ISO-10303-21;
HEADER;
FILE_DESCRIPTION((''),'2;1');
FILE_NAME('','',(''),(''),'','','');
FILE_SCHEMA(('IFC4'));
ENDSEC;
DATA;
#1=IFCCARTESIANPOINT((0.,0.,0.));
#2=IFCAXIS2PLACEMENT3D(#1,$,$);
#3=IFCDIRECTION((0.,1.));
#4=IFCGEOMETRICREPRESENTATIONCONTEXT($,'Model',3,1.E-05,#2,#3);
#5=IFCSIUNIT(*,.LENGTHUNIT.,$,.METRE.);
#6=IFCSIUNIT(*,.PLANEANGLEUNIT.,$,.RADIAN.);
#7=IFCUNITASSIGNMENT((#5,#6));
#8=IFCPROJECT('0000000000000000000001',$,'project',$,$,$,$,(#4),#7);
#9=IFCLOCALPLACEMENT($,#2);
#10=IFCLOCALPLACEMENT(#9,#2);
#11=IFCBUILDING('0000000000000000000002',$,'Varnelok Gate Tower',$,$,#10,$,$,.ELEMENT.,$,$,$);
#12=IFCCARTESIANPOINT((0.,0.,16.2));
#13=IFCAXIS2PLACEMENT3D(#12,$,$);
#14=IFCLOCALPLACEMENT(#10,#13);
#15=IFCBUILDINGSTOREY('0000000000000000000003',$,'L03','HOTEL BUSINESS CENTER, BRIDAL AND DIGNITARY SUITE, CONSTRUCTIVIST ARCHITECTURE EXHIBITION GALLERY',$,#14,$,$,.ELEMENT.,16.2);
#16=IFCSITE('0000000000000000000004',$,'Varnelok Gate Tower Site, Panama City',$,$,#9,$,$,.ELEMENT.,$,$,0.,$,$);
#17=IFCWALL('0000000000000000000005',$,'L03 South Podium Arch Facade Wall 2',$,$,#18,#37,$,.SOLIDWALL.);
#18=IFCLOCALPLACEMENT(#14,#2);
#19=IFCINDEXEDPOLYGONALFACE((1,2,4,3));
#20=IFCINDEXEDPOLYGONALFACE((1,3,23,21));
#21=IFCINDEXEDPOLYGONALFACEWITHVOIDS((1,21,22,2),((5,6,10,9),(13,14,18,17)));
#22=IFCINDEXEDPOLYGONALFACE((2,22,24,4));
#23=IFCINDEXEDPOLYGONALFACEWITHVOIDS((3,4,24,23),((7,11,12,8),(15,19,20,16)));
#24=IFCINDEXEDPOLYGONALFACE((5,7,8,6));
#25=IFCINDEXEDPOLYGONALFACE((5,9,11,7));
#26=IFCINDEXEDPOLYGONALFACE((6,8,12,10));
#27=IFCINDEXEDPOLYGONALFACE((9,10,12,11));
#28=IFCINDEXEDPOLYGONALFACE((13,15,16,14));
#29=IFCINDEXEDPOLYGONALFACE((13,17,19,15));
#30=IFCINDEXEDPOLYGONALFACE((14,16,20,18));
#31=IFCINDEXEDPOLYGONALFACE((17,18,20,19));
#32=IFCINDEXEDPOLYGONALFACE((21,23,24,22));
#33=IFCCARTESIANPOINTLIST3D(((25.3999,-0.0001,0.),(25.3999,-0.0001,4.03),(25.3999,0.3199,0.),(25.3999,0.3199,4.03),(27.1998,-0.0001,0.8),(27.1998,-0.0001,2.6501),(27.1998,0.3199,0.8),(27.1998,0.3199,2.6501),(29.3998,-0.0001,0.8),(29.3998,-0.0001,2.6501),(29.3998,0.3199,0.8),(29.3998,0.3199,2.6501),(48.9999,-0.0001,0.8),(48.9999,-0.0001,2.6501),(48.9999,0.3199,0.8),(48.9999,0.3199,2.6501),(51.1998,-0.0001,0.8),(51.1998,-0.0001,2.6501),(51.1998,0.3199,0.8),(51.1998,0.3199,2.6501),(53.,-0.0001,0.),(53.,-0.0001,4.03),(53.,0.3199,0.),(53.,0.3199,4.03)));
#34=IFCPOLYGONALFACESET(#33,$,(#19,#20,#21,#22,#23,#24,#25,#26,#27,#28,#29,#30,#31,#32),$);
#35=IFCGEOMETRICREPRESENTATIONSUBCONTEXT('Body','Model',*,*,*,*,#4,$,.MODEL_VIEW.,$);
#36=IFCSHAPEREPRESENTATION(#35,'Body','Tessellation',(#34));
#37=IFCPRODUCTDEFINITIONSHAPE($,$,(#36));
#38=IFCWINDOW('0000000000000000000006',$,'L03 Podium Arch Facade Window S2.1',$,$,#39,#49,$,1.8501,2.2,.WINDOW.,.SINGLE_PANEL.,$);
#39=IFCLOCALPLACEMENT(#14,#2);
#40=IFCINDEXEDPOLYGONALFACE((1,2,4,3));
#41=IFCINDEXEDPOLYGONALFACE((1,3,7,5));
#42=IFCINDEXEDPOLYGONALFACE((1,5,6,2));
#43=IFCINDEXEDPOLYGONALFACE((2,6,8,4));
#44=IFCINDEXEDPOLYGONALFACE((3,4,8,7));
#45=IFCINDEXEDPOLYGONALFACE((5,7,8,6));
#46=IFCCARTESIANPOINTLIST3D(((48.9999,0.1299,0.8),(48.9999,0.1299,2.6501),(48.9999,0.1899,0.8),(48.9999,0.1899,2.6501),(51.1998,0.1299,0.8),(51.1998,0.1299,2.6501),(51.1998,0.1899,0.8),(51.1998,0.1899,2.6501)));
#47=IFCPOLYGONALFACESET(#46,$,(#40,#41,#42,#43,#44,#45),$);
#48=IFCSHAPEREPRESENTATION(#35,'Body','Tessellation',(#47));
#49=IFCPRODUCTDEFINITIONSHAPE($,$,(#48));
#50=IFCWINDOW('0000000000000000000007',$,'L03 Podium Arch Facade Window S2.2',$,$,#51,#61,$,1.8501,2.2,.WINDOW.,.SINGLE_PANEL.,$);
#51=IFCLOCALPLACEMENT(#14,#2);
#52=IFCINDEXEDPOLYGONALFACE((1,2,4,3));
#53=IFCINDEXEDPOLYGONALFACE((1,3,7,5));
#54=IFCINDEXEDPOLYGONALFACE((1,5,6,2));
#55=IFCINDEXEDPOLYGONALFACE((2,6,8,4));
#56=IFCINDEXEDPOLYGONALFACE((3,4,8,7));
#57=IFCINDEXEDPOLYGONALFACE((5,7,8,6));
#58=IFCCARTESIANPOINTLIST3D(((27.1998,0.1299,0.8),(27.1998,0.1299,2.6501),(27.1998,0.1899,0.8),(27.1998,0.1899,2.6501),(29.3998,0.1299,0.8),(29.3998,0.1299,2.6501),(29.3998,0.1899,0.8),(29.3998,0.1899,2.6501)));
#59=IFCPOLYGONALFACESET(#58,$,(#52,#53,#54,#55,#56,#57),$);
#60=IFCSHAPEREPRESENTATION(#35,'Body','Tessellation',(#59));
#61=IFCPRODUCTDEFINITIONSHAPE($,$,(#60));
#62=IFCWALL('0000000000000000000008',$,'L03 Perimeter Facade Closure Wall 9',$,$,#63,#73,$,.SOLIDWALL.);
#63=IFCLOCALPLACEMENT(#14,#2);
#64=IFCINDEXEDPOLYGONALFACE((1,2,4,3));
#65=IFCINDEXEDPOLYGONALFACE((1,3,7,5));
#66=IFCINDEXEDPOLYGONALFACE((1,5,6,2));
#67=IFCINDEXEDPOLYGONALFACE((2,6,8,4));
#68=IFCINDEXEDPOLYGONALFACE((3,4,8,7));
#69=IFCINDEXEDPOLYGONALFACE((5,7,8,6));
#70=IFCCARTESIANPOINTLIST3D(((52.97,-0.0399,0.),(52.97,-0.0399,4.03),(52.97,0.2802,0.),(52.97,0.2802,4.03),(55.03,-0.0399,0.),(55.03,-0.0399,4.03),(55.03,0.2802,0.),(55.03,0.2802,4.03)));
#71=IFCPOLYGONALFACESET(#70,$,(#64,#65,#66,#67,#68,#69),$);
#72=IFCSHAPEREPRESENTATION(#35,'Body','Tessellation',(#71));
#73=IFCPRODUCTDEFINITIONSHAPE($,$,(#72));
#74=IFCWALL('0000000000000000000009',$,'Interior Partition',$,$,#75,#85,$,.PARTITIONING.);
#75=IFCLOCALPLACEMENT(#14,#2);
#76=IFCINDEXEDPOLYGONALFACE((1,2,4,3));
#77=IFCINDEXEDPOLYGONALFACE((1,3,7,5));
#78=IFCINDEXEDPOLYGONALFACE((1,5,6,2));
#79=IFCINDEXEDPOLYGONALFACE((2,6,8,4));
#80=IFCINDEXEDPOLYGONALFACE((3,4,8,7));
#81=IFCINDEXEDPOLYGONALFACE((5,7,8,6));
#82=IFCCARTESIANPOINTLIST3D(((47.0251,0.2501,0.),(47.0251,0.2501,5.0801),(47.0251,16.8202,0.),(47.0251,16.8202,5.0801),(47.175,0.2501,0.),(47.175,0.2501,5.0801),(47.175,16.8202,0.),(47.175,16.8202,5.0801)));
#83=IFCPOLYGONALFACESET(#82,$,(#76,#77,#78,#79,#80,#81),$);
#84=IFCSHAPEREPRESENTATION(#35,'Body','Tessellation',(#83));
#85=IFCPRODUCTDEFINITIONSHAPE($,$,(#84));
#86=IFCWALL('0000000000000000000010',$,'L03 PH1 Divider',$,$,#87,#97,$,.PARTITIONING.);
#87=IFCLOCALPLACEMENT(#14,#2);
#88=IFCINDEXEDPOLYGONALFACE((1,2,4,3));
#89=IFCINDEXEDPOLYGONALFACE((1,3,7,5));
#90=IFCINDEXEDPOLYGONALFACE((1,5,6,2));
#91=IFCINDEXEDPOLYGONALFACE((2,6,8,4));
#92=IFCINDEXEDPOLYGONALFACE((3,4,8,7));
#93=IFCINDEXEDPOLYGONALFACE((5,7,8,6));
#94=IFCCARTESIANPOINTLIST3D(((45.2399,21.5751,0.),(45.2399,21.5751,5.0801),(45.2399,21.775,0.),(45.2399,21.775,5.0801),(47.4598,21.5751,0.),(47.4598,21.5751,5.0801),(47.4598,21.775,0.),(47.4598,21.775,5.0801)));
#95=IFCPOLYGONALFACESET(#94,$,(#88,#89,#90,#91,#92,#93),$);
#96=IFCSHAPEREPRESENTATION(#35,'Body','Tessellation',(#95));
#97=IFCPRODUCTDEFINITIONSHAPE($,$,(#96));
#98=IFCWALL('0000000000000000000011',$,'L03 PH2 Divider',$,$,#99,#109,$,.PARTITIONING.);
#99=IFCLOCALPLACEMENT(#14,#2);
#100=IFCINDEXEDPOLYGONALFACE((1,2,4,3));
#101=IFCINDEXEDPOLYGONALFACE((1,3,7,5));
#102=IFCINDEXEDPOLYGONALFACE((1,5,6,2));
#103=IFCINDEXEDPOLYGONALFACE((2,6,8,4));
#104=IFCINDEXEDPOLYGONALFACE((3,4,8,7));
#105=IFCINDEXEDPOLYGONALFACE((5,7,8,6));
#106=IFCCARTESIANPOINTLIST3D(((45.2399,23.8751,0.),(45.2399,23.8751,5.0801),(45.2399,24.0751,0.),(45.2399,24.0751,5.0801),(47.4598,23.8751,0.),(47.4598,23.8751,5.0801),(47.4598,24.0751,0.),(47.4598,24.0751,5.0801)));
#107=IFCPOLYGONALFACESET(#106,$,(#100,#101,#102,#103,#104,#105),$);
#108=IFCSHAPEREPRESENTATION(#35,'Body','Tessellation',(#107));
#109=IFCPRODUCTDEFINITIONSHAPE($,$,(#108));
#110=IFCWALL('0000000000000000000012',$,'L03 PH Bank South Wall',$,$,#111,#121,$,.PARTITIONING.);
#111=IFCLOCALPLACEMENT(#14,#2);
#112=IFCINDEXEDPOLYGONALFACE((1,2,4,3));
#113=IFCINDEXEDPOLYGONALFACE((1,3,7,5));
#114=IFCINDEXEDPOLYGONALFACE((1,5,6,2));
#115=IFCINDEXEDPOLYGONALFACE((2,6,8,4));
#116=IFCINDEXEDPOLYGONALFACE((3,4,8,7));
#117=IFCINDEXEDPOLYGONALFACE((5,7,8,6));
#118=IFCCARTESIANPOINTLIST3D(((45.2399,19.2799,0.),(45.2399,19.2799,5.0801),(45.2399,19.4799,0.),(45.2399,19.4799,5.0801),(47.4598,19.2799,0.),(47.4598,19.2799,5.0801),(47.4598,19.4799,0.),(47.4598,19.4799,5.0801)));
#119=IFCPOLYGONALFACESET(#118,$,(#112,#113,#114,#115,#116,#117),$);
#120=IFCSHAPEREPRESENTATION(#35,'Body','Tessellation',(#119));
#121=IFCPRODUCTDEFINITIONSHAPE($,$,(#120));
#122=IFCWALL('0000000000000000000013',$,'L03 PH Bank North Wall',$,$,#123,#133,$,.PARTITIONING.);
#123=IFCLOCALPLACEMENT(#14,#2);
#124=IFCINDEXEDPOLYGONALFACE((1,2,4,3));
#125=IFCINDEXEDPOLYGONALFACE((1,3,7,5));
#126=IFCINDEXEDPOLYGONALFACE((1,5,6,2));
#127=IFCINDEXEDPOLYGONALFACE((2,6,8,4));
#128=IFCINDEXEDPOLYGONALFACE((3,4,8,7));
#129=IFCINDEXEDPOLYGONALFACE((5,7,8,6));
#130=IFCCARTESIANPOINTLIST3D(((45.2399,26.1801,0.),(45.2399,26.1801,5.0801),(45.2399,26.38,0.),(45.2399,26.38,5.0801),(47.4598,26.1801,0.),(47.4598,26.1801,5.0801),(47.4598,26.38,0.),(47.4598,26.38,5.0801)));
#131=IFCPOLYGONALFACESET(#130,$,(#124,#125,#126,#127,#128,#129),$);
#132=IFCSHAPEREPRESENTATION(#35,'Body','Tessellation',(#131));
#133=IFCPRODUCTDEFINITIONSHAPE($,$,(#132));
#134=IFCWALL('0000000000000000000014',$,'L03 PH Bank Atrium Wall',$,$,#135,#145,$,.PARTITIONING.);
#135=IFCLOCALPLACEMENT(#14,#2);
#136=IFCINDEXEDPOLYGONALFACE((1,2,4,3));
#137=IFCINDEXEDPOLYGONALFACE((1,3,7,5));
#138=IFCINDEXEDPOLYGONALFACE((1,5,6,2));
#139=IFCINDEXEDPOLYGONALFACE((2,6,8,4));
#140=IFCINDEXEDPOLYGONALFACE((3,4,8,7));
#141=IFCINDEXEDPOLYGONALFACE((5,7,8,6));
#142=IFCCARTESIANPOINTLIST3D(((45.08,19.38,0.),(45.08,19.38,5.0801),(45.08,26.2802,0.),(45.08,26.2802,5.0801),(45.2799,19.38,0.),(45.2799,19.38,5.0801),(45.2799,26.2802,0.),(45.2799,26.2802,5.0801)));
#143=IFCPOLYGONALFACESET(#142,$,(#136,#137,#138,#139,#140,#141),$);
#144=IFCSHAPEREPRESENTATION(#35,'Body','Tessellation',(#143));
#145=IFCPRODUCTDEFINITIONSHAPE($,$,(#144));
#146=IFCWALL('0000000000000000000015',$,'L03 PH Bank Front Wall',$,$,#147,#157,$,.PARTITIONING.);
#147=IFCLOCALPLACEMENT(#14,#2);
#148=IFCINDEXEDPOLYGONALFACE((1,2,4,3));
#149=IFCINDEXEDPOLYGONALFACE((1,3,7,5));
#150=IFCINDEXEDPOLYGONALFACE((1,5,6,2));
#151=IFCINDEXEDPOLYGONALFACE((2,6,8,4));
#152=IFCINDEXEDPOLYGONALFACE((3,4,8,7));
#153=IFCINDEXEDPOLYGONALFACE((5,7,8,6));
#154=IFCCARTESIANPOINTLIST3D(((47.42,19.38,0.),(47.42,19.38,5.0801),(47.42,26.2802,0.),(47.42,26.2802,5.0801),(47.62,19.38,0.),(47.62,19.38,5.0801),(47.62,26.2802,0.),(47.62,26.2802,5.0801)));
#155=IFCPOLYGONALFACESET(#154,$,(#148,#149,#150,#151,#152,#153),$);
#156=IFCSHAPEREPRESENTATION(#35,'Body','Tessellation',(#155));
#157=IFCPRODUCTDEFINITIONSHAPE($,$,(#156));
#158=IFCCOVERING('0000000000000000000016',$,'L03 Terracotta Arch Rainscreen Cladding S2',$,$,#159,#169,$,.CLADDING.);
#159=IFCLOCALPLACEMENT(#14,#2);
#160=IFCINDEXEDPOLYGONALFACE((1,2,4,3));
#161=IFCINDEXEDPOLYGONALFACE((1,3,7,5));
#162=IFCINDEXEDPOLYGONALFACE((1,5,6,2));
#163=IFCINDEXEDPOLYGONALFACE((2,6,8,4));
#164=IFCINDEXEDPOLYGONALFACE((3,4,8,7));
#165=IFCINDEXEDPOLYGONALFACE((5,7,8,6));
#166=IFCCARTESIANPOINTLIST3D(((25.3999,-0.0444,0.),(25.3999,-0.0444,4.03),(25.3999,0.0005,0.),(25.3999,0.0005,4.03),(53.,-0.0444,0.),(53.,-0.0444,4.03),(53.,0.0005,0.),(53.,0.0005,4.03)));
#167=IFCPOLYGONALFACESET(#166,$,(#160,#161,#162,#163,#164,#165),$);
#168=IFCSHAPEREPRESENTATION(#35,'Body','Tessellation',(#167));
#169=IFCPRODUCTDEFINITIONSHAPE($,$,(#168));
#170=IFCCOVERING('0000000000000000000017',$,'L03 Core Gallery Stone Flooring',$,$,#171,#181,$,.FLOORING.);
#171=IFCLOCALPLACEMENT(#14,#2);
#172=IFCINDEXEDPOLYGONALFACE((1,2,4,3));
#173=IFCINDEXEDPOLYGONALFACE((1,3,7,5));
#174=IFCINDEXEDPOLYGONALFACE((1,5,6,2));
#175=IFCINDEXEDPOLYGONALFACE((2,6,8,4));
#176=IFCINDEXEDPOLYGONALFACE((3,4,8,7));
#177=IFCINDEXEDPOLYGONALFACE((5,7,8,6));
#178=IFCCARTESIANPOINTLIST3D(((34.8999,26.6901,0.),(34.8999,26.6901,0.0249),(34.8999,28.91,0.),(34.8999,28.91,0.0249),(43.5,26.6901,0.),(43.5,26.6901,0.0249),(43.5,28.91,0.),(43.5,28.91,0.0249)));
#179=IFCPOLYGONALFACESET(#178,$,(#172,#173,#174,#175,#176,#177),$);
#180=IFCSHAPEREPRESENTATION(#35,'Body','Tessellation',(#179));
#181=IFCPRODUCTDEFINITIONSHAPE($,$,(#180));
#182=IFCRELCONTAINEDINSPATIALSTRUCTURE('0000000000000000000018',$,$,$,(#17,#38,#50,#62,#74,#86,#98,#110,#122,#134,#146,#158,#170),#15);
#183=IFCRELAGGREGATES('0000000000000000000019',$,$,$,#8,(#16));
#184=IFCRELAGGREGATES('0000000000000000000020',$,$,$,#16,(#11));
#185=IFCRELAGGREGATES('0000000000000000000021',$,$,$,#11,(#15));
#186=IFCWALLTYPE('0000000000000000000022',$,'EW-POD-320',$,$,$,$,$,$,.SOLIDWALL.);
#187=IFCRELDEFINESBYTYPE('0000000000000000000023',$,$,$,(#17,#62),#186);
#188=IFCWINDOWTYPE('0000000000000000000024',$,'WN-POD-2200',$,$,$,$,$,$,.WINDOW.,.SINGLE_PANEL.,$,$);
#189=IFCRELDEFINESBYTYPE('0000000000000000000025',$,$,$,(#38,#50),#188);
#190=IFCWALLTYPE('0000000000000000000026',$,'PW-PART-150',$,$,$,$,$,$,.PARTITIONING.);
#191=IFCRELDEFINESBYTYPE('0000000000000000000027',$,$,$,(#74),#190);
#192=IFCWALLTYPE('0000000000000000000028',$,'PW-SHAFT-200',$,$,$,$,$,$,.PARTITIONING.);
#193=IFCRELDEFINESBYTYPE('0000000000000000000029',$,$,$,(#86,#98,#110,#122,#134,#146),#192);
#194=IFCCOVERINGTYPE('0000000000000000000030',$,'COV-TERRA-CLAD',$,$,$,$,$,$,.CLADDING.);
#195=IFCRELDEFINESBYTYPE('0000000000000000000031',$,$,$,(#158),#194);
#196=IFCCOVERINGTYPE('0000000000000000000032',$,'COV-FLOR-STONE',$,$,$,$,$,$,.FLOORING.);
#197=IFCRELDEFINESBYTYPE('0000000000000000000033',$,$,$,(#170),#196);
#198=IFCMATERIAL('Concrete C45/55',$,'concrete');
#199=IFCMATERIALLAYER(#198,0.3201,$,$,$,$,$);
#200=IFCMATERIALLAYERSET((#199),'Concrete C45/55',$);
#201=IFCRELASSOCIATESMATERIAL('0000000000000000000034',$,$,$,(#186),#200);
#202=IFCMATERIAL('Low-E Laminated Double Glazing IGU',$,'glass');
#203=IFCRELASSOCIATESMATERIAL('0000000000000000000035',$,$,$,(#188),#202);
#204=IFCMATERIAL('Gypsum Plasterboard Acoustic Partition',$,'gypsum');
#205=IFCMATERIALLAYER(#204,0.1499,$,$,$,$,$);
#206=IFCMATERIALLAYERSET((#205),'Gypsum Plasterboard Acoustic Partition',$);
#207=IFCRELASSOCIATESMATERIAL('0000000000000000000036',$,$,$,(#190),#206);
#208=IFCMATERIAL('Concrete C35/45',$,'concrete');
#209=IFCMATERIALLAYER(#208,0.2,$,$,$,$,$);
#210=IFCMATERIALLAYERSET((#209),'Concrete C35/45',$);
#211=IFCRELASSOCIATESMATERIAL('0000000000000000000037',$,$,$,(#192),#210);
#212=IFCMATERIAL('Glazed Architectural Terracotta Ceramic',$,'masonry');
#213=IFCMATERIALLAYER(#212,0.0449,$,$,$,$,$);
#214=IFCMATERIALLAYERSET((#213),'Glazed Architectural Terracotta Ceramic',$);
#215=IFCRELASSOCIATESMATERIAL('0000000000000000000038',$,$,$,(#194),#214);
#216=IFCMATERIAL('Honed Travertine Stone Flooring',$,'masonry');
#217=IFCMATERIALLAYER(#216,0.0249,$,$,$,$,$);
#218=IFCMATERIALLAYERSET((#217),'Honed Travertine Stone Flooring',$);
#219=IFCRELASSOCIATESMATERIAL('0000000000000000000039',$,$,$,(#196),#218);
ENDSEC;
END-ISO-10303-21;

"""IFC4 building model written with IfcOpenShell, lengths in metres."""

from ifc_helpers import new_model, si_unit, direction, frame, frame_2d, origin, origin_2d, place, context, subcontext, project, spatial, rectangle, extrude, source, transform, mapped, material, layer, layer_set, type_object, element, fill, save


model = new_model("IFC4")

# Units and contexts
model_context = context("Model", 3, precision=1e-05, world=origin(), true_north=direction((0.0, 1.0)))
body_context = subcontext(model_context, "Body", "Model", "MODEL_VIEW")
ifc_project = project(units=[si_unit("LENGTHUNIT", "METRE"), si_unit("PLANEANGLEUNIT", "RADIAN")], contexts=[model_context])

# Site, building, storey
site_placement = place(None, origin())
site = spatial("IfcSite", under=ifc_project, at=site_placement, Name="Varnelok Gate Tower Site, Panama City", CompositionType="ELEMENT", RefElevation=0.0)
building_placement = place(site_placement, origin())
building = spatial("IfcBuilding", under=site, at=building_placement, Name="Varnelok Gate Tower", CompositionType="ELEMENT")
storey_placement = place(building_placement, frame((0.0, 0.0, 16.2)))
storey = spatial("IfcBuildingStorey", under=building, at=storey_placement, Name="L03", Description="HOTEL BUSINESS CENTER, BRIDAL AND DIGNITARY SUITE, CONSTRUCTIVIST ARCHITECTURE EXHIBITION GALLERY", CompositionType="ELEMENT", Elevation=16.2)

# Shared definitions
ifc_material_1 = material(Name="Low-E Laminated Double Glazing IGU", Category="glass")

# Wall, openings, windows
ifc_material_2 = material(Name="Concrete C45/55", Category="concrete")
ifc_layer_1 = layer(ifc_material_2, 0.3201)
ifc_layer_set_1 = layer_set([ifc_layer_1], Name="Concrete C45/55")
wall_type_1 = type_object("IfcWallType", Name="EW-POD-320", PredefinedType="SOLIDWALL", material=ifc_layer_set_1)
wall_1_placement = place(storey_placement, frame((53.0, 0.1599, 0.0), z_axis=(0.0, 0.0, 1.0), x_axis=(-1.0, 0.0, 0.0)))
wall_1 = element("IfcWall", 1, at=wall_1_placement, inside=storey, type_object=wall_type_1, Name="L03 South Podium Arch Facade Wall 2", PredefinedType="SOLIDWALL", context=body_context, shape_type="SweptSolid", body=[
    extrude(rectangle(XDim=27.6001, YDim=0.3201, at=frame_2d((13.8, 0.0))), origin(), (0.0, 0.0, 1.0), 4.03),
])
opening_1_placement = place(wall_1_placement, frame((1.8, 0.0, 0.8)))
opening_1 = element("IfcOpeningElement", 2, at=opening_1_placement, cuts=wall_1, PredefinedType="OPENING", context=body_context, shape_type="SweptSolid", body=[
    extrude(rectangle(XDim=2.2, YDim=1.8501, at=frame_2d((1.1001, 0.925))), frame((0.0, 0.1699, 0.0), z_axis=(0.0, -1.0, 0.0), x_axis=(1.0, 0.0, 0.0)), (0.0, 0.0, 1.0), 0.3401),
])
opening_2_placement = place(wall_1_placement, frame((23.6001, 0.0, 0.8)))
opening_2 = element("IfcOpeningElement", 3, at=opening_2_placement, cuts=wall_1, PredefinedType="OPENING", context=body_context, shape_type="SweptSolid", body=[
    extrude(rectangle(XDim=2.2, YDim=1.8501, at=frame_2d((1.1001, 0.925))), frame((0.0, 0.1699, 0.0), z_axis=(0.0, -1.0, 0.0), x_axis=(1.0, 0.0, 0.0)), (0.0, 0.0, 1.0), 0.3401),
])
window_type = type_object("IfcWindowType", Name="WN-POD-2200", PartitioningType="SINGLE_PANEL", PredefinedType="WINDOW", material=ifc_material_1)
window_1_placement = place(opening_1_placement, origin())
window_1 = element("IfcWindow", 4, at=window_1_placement, inside=storey, type_object=window_type, Name="L03 Podium Arch Facade Window S2.1", OverallHeight=1.8501, OverallWidth=2.2, PartitioningType="SINGLE_PANEL", PredefinedType="WINDOW", context=body_context, shape_type="SweptSolid", body=[
    extrude(rectangle(XDim=2.2, YDim=1.8501, at=frame_2d((1.1001, 0.925))), frame((0.0, 0.03, 0.0), z_axis=(0.0, -1.0, 0.0), x_axis=(1.0, 0.0, 0.0)), (0.0, 0.0, 1.0), 0.0601),
])
fill(opening_1, window_1)
window_2_placement = place(opening_2_placement, origin())
window_2 = element("IfcWindow", 5, at=window_2_placement, inside=storey, type_object=window_type, Name="L03 Podium Arch Facade Window S2.2", OverallHeight=1.8501, OverallWidth=2.2, PartitioningType="SINGLE_PANEL", PredefinedType="WINDOW", context=body_context, shape_type="SweptSolid", body=[
    extrude(rectangle(XDim=2.2, YDim=1.8501, at=frame_2d((1.1001, 0.925))), frame((0.0, 0.03, 0.0), z_axis=(0.0, -1.0, 0.0), x_axis=(1.0, 0.0, 0.0)), (0.0, 0.0, 1.0), 0.0601),
])
fill(opening_2, window_2)

# Walls
wall_2_placement = place(storey_placement, frame((52.97, 0.1201, 0.0), z_axis=(0.0, 0.0, 1.0), x_axis=(1.0, 0.0, 0.0)))
element("IfcWall", 6, at=wall_2_placement, inside=storey, type_object=wall_type_1, Name="L03 Perimeter Facade Closure Wall 9", PredefinedType="SOLIDWALL", context=body_context, shape_type="SweptSolid", body=[
    extrude(rectangle(XDim=2.0601, YDim=0.3201, at=frame_2d((1.03, 0.0))), origin(), (0.0, 0.0, 1.0), 4.03),
])
ifc_material_3 = material(Name="Gypsum Plasterboard Acoustic Partition", Category="gypsum")
ifc_layer_2 = layer(ifc_material_3, 0.1499)
ifc_layer_set_2 = layer_set([ifc_layer_2], Name="Gypsum Plasterboard Acoustic Partition")
wall_type_2 = type_object("IfcWallType", Name="PW-PART-150", PredefinedType="PARTITIONING", material=ifc_layer_set_2)
wall_3_placement = place(storey_placement, frame((47.1001, 0.25, 0.0), z_axis=(0.0, 0.0, 1.0), x_axis=(0.0, 1.0, 0.0)))
element("IfcWall", 7, at=wall_3_placement, inside=storey, type_object=wall_type_2, Name="Interior Partition", PredefinedType="PARTITIONING", context=body_context, shape_type="SweptSolid", body=[
    extrude(rectangle(XDim=16.5701, YDim=0.1499, at=frame_2d((8.2852, 0.0))), origin(), (0.0, 0.0, 1.0), 5.0801),
])
ifc_material_4 = material(Name="Concrete C35/45", Category="concrete")
ifc_layer_3 = layer(ifc_material_4, 0.2)
ifc_layer_set_3 = layer_set([ifc_layer_3], Name="Concrete C35/45")
wall_type_3 = type_object("IfcWallType", Name="PW-SHAFT-200", PredefinedType="PARTITIONING", material=ifc_layer_set_3)
for number, where, z_axis, x_axis, name in (
    (8, (45.24, 21.675, 0.0), (0.0, 0.0, 1.0), (1.0, 0.0, 0.0), "L03 PH1 Divider"),
    (9, (45.24, 23.9751, 0.0), (0.0, 0.0, 1.0), (1.0, 0.0, 0.0), "L03 PH2 Divider"),
    (10, (45.24, 19.3799, 0.0), (0.0, 0.0, 1.0), (1.0, 0.0, 0.0), "L03 PH Bank South Wall"),
    (11, (45.24, 26.28, 0.0), (0.0, 0.0, 1.0), (1.0, 0.0, 0.0), "L03 PH Bank North Wall"),
):
    element("IfcWall", number, at=place(storey_placement, frame(where, z_axis=z_axis, x_axis=x_axis)), inside=storey, type_object=wall_type_3, Name=name, PredefinedType="PARTITIONING", context=body_context, shape_type="SweptSolid", body=[
        extrude(rectangle(XDim=2.22, YDim=0.2, at=frame_2d((1.1099, 0.0))), origin(), (0.0, 0.0, 1.0), 5.0801),
    ])
for number, where, z_axis, x_axis, name in (
    (12, (45.1799, 19.3799, 0.0), (0.0, 0.0, 1.0), (0.0, 1.0, 0.0), "L03 PH Bank Atrium Wall"),
    (13, (47.52, 19.3799, 0.0), (0.0, 0.0, 1.0), (0.0, 1.0, 0.0), "L03 PH Bank Front Wall"),
):
    element("IfcWall", number, at=place(storey_placement, frame(where, z_axis=z_axis, x_axis=x_axis)), inside=storey, type_object=wall_type_3, Name=name, PredefinedType="PARTITIONING", context=body_context, shape_type="SweptSolid", body=[
        extrude(rectangle(XDim=6.9001, YDim=0.2, at=frame_2d((3.4502, 0.0))), origin(), (0.0, 0.0, 1.0), 5.0801),
    ])

# Coverings
ifc_material_5 = material(Name="Glazed Architectural Terracotta Ceramic", Category="masonry")
ifc_layer_4 = layer(ifc_material_5, 0.0449)
ifc_layer_set_4 = layer_set([ifc_layer_4], Name="Glazed Architectural Terracotta Ceramic")
covering_type_1 = type_object("IfcCoveringType", Name="COV-TERRA-CLAD", PredefinedType="CLADDING", material=ifc_layer_set_4)
shared_shape_1 = source(origin(), body_context, "Body", "SweptSolid", [
    extrude(rectangle(XDim=27.6001, YDim=0.0449, at=origin_2d()), origin(), (0.0, 0.0, 1.0), 4.03),
])
covering_1_placement = place(storey_placement, frame((39.2, -0.022, 0.0), z_axis=(0.0, 0.0, 1.0), x_axis=(1.0, 0.0, 0.0)))
element("IfcCovering", 14, at=covering_1_placement, inside=storey, type_object=covering_type_1, Name="L03 Terracotta Arch Rainscreen Cladding S2", PredefinedType="CLADDING", context=body_context, shape_type="MappedRepresentation", body=[
    mapped(shared_shape_1, transform((0.0, 0.0, 0.0), scale=1.0)),
])
ifc_material_6 = material(Name="Honed Travertine Stone Flooring", Category="masonry")
ifc_layer_5 = layer(ifc_material_6, 0.0249)
ifc_layer_set_5 = layer_set([ifc_layer_5], Name="Honed Travertine Stone Flooring")
covering_type_2 = type_object("IfcCoveringType", Name="COV-FLOR-STONE", PredefinedType="FLOORING", material=ifc_layer_set_5)
shared_shape_2 = source(origin(), body_context, "Body", "SweptSolid", [
    extrude(rectangle(XDim=8.6001, YDim=2.22, at=origin_2d()), origin(), (0.0, 0.0, 1.0), 0.0249),
])
covering_2_placement = place(storey_placement, frame((39.2, 27.8, 0.0), z_axis=(0.0, 0.0, 1.0), x_axis=(1.0, 0.0, 0.0)))
element("IfcCovering", 15, at=covering_2_placement, inside=storey, type_object=covering_type_2, Name="L03 Core Gallery Stone Flooring", PredefinedType="FLOORING", context=body_context, shape_type="MappedRepresentation", body=[
    mapped(shared_shape_2, transform((0.0, 0.0, 0.0), scale=1.0)),
])

save(model, "model.ifc")
